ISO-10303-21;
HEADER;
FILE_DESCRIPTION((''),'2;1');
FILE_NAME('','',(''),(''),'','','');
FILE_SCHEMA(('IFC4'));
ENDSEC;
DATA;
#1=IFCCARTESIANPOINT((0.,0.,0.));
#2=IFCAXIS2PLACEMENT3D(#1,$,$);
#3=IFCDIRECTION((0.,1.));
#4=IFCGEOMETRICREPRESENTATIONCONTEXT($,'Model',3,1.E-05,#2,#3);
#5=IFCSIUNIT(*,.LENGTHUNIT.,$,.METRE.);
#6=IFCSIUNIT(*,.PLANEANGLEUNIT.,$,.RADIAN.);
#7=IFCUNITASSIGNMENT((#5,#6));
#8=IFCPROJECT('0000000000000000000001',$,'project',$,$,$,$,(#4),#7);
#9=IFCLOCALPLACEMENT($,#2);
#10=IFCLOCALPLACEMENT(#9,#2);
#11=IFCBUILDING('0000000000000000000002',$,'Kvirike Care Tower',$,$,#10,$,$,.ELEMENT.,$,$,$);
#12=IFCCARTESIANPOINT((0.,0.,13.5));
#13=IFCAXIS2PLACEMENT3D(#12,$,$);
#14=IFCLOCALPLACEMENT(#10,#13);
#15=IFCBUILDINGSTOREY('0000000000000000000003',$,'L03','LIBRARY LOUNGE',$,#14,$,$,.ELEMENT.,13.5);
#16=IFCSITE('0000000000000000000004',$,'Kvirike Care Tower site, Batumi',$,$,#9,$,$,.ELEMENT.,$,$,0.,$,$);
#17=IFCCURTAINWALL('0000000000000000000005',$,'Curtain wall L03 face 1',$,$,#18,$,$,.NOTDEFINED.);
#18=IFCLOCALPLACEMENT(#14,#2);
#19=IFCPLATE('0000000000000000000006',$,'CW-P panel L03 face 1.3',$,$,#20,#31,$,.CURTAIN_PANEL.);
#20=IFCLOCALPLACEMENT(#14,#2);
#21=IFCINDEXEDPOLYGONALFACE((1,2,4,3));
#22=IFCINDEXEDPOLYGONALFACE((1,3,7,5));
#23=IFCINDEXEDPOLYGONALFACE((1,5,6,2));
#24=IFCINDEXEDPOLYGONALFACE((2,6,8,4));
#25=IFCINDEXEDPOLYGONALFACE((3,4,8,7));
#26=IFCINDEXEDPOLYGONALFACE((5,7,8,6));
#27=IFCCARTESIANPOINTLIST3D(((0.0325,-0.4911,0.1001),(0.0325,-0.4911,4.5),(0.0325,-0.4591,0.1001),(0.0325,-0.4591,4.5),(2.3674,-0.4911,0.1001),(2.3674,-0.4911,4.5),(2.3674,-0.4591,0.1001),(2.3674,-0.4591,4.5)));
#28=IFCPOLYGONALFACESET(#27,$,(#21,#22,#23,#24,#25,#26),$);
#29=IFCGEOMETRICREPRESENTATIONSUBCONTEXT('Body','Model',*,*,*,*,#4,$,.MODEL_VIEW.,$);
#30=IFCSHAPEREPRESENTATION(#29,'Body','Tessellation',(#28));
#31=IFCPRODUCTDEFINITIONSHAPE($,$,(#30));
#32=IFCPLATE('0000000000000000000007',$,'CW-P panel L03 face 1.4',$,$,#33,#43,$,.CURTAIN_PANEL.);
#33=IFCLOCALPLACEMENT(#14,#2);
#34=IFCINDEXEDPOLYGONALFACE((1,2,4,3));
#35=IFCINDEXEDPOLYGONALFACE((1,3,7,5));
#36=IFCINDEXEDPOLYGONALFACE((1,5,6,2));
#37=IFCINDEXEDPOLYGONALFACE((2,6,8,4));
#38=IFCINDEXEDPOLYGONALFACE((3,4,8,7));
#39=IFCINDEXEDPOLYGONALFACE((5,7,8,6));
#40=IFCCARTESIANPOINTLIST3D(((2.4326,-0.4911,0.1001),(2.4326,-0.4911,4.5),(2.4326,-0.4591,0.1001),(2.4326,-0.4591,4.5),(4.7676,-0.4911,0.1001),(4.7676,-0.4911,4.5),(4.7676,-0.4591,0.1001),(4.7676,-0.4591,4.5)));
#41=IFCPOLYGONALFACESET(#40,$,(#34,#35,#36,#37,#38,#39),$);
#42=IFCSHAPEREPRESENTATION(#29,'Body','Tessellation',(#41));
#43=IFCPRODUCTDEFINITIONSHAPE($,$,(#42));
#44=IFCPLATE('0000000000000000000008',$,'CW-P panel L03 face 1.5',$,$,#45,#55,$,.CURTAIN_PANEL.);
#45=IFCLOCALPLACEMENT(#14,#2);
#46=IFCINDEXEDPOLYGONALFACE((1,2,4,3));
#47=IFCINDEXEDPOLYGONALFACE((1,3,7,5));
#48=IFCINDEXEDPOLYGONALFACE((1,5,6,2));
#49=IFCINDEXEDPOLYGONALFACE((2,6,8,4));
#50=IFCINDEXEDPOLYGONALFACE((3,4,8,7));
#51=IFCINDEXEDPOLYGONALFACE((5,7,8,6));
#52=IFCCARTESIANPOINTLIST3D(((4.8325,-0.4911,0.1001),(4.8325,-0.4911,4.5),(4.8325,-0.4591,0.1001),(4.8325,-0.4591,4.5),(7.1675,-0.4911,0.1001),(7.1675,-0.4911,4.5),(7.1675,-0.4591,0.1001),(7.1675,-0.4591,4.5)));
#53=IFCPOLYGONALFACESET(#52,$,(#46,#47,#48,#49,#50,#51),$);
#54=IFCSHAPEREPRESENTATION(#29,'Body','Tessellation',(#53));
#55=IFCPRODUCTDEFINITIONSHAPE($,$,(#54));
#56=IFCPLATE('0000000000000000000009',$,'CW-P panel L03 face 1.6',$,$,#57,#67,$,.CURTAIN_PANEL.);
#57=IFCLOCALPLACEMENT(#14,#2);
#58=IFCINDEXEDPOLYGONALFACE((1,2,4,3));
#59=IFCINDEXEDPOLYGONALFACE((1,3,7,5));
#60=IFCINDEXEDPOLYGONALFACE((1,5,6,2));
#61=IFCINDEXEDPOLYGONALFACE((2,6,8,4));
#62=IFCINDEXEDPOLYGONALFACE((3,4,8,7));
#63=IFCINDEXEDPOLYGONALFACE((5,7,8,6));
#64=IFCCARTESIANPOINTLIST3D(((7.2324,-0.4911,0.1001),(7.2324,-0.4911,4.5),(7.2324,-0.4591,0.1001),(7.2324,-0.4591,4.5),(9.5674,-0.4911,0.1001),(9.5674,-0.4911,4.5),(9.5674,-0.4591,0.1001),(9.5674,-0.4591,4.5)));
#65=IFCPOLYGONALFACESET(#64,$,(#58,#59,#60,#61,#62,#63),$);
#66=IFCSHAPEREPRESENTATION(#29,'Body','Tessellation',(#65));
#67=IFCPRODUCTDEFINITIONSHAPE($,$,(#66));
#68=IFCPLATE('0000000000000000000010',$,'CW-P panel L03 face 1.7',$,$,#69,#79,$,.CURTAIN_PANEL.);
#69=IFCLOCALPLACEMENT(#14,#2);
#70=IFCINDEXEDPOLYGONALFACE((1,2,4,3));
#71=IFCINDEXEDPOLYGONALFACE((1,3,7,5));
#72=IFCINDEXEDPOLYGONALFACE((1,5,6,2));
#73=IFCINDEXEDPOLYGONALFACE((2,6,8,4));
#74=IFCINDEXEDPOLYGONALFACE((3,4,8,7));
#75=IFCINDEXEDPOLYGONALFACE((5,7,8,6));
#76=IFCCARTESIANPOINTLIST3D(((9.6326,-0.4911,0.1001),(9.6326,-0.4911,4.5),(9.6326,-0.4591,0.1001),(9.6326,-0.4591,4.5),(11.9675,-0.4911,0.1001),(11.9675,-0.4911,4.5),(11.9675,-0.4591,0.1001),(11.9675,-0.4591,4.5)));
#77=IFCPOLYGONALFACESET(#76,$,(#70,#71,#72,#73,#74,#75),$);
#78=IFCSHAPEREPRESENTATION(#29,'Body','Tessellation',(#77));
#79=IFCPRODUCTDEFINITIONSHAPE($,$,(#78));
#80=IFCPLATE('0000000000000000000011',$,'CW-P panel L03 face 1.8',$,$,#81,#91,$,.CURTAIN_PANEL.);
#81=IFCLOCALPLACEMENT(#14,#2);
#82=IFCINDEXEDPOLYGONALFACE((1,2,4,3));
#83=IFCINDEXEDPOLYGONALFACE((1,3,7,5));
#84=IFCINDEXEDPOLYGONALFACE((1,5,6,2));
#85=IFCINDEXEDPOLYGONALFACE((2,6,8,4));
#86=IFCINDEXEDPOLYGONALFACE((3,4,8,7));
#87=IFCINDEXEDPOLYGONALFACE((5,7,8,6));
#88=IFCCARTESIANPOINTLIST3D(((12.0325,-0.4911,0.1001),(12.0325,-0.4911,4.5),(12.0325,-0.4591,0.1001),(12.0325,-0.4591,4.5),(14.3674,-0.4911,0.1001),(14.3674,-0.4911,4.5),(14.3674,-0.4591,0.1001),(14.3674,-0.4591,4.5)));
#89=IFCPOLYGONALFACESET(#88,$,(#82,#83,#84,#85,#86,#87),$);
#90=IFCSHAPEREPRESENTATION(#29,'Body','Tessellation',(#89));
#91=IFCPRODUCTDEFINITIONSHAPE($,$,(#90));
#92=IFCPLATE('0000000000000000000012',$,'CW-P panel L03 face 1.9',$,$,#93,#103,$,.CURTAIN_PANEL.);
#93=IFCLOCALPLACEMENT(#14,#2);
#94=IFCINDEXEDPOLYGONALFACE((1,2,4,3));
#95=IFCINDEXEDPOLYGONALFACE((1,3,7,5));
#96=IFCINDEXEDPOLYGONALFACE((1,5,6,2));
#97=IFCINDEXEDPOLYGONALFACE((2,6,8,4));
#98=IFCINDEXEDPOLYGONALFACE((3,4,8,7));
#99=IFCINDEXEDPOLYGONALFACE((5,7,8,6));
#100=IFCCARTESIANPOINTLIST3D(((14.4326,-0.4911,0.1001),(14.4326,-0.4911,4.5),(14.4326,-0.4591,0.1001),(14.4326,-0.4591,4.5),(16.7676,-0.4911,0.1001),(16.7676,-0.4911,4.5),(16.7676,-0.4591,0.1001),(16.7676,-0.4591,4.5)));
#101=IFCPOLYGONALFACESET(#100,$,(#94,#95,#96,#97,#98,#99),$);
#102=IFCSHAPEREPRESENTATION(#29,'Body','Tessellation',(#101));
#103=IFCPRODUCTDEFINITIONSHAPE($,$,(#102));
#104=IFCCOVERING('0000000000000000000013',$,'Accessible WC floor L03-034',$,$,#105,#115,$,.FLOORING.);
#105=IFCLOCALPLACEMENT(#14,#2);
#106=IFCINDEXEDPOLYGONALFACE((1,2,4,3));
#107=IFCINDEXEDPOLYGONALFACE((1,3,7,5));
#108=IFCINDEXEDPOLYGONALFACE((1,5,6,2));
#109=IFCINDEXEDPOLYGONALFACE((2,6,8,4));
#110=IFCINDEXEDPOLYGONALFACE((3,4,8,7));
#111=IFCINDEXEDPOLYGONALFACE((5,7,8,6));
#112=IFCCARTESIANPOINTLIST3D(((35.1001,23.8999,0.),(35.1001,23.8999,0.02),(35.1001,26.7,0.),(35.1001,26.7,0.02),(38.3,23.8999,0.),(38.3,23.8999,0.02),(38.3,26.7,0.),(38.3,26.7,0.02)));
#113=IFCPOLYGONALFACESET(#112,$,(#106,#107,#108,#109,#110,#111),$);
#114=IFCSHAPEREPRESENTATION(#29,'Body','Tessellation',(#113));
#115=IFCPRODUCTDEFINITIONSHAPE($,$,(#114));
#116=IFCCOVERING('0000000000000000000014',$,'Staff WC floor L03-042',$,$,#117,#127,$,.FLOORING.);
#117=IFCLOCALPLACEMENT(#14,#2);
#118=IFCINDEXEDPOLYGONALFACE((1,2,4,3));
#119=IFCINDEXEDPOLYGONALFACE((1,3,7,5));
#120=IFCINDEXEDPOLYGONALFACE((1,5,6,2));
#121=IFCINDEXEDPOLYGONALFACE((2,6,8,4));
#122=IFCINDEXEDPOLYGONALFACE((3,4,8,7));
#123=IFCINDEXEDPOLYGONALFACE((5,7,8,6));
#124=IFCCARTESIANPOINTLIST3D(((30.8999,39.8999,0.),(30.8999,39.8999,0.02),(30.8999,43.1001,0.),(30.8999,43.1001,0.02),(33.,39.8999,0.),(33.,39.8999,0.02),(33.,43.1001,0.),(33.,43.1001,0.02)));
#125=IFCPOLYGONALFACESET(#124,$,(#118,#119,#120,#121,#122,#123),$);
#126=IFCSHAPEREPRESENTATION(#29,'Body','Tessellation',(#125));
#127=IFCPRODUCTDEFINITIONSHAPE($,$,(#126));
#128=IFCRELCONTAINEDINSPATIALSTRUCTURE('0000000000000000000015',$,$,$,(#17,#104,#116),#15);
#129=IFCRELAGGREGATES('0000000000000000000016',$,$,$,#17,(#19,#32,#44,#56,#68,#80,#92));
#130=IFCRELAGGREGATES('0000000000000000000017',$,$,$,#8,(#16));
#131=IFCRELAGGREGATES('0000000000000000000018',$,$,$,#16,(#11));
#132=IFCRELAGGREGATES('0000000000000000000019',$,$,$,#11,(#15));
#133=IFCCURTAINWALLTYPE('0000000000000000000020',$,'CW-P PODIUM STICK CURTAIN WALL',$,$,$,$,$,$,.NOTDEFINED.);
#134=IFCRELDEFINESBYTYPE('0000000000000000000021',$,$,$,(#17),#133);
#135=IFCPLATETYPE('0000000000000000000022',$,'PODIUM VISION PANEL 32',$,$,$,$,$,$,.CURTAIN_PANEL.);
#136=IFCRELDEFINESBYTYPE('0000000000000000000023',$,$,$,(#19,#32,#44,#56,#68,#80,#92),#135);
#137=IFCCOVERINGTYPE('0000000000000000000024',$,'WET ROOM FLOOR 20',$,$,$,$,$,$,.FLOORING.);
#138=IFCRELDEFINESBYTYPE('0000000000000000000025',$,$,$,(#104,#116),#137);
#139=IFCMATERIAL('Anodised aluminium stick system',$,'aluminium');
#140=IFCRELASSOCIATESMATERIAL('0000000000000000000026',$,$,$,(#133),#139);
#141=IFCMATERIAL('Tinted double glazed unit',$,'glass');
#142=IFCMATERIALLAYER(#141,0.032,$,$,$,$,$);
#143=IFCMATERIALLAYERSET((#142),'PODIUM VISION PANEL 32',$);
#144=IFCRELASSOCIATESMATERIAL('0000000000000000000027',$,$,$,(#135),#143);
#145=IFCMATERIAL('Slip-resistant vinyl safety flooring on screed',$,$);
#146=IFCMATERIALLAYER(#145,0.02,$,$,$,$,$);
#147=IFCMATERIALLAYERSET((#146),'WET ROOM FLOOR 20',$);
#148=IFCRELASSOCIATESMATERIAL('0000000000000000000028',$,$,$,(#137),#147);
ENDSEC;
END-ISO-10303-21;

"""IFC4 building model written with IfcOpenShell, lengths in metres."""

from ifc_helpers import new_model, si_unit, direction, frame, origin, origin_2d, place, context, subcontext, project, spatial, polyline, rectangle, outline, extrude, material, layer, layer_set, type_object, element, aggregate, save


model = new_model("IFC4")

# Units and contexts
model_context = context("Model", 3, precision=1e-05, world=origin(), true_north=direction((0.0, 1.0)))
body_context = subcontext(model_context, "Body", "Model", "MODEL_VIEW")
ifc_project = project(units=[si_unit("LENGTHUNIT", "METRE"), si_unit("PLANEANGLEUNIT", "RADIAN")], contexts=[model_context])

# Site, building, storey
site_placement = place(None, origin())
site = spatial("IfcSite", under=ifc_project, at=site_placement, Name="Kvirike Care Tower site, Batumi", CompositionType="ELEMENT", RefElevation=0.0)
building_placement = place(site_placement, origin())
building = spatial("IfcBuilding", under=site, at=building_placement, Name="Kvirike Care Tower", CompositionType="ELEMENT")
storey_placement = place(building_placement, frame((0.0, 0.0, 13.5)))
storey = spatial("IfcBuildingStorey", under=building, at=storey_placement, Name="L03", Description="LIBRARY LOUNGE", CompositionType="ELEMENT", Elevation=13.5)

# Curtain wall, plates
ifc_material_1 = material(Name="Anodised aluminium stick system", Category="aluminium")
curtain_wall_type = type_object("IfcCurtainWallType", Name="CW-P PODIUM STICK CURTAIN WALL", PredefinedType="NOTDEFINED", material=ifc_material_1)
curtain_wall_placement = place(storey_placement, origin())
curtain_wall = element("IfcCurtainWall", 1, at=curtain_wall_placement, inside=storey, type_object=curtain_wall_type, Name="Curtain wall L03 face 1", PredefinedType="NOTDEFINED")
ifc_material_2 = material(Name="Tinted double glazed unit", Category="glass")
ifc_layer_1 = layer(ifc_material_2, 0.032)
ifc_layer_set_1 = layer_set([ifc_layer_1], Name="PODIUM VISION PANEL 32")
plate_type = type_object("IfcPlateType", Name="PODIUM VISION PANEL 32", PredefinedType="CURTAIN_PANEL", material=ifc_layer_set_1)
plate_1_placement = place(storey_placement, frame((1.2, -0.4751, 0.1001), z_axis=(0.0, 0.0, 1.0), x_axis=(1.0, 0.0, 0.0)))
plate_1 = element("IfcPlate", 2, at=plate_1_placement, type_object=plate_type, Name="CW-P panel L03 face 1.3", PredefinedType="CURTAIN_PANEL", context=body_context, shape_type="SweptSolid", body=[
    extrude(rectangle(XDim=2.335, YDim=0.032, at=origin_2d()), origin(), (0.0, 0.0, 1.0), 4.3999),
])
plate_2_placement = place(storey_placement, frame((3.6001, -0.4751, 0.1001), z_axis=(0.0, 0.0, 1.0), x_axis=(1.0, 0.0, 0.0)))
plate_2 = element("IfcPlate", 3, at=plate_2_placement, type_object=plate_type, Name="CW-P panel L03 face 1.4", PredefinedType="CURTAIN_PANEL", context=body_context, shape_type="SweptSolid", body=[
    extrude(rectangle(XDim=2.335, YDim=0.032, at=origin_2d()), origin(), (0.0, 0.0, 1.0), 4.3999),
])
plate_3_placement = place(storey_placement, frame((6.0, -0.4751, 0.1001), z_axis=(0.0, 0.0, 1.0), x_axis=(1.0, 0.0, 0.0)))
plate_3 = element("IfcPlate", 4, at=plate_3_placement, type_object=plate_type, Name="CW-P panel L03 face 1.5", PredefinedType="CURTAIN_PANEL", context=body_context, shape_type="SweptSolid", body=[
    extrude(rectangle(XDim=2.335, YDim=0.032, at=origin_2d()), origin(), (0.0, 0.0, 1.0), 4.3999),
])
plate_4_placement = place(storey_placement, frame((8.3999, -0.4751, 0.1001), z_axis=(0.0, 0.0, 1.0), x_axis=(1.0, 0.0, 0.0)))
plate_4 = element("IfcPlate", 5, at=plate_4_placement, type_object=plate_type, Name="CW-P panel L03 face 1.6", PredefinedType="CURTAIN_PANEL", context=body_context, shape_type="SweptSolid", body=[
    extrude(rectangle(XDim=2.335, YDim=0.032, at=origin_2d()), origin(), (0.0, 0.0, 1.0), 4.3999),
])
plate_5_placement = place(storey_placement, frame((10.8, -0.4751, 0.1001), z_axis=(0.0, 0.0, 1.0), x_axis=(1.0, 0.0, 0.0)))
plate_5 = element("IfcPlate", 6, at=plate_5_placement, type_object=plate_type, Name="CW-P panel L03 face 1.7", PredefinedType="CURTAIN_PANEL", context=body_context, shape_type="SweptSolid", body=[
    extrude(rectangle(XDim=2.335, YDim=0.032, at=origin_2d()), origin(), (0.0, 0.0, 1.0), 4.3999),
])
plate_6_placement = place(storey_placement, frame((13.2, -0.4751, 0.1001), z_axis=(0.0, 0.0, 1.0), x_axis=(1.0, 0.0, 0.0)))
plate_6 = element("IfcPlate", 7, at=plate_6_placement, type_object=plate_type, Name="CW-P panel L03 face 1.8", PredefinedType="CURTAIN_PANEL", context=body_context, shape_type="SweptSolid", body=[
    extrude(rectangle(XDim=2.335, YDim=0.032, at=origin_2d()), origin(), (0.0, 0.0, 1.0), 4.3999),
])
plate_7_placement = place(storey_placement, frame((15.6001, -0.4751, 0.1001), z_axis=(0.0, 0.0, 1.0), x_axis=(1.0, 0.0, 0.0)))
plate_7 = element("IfcPlate", 8, at=plate_7_placement, type_object=plate_type, Name="CW-P panel L03 face 1.9", PredefinedType="CURTAIN_PANEL", context=body_context, shape_type="SweptSolid", body=[
    extrude(rectangle(XDim=2.335, YDim=0.032, at=origin_2d()), origin(), (0.0, 0.0, 1.0), 4.3999),
])
aggregate(curtain_wall, [plate_1, plate_2, plate_3, plate_4, plate_5, plate_6, plate_7])

# Coverings
ifc_material_3 = material(Name="Slip-resistant vinyl safety flooring on screed")
ifc_layer_2 = layer(ifc_material_3, 0.02)
ifc_layer_set_2 = layer_set([ifc_layer_2], Name="WET ROOM FLOOR 20")
covering_type = type_object("IfcCoveringType", Name="WET ROOM FLOOR 20", PredefinedType="FLOORING", material=ifc_layer_set_2)
covering_1_placement = place(storey_placement, origin())
element("IfcCovering", 9, at=covering_1_placement, inside=storey, type_object=covering_type, Name="Accessible WC floor L03-034", PredefinedType="FLOORING", context=body_context, shape_type="SweptSolid", body=[
    extrude(outline(polyline([(35.1001, 26.7), (38.3, 26.7), (38.3, 23.8999), (35.1001, 23.8999), (35.1001, 26.7)])), origin(), (0.0, 0.0, 1.0), 0.02),
])
covering_2_placement = place(storey_placement, origin())
element("IfcCovering", 10, at=covering_2_placement, inside=storey, type_object=covering_type, Name="Staff WC floor L03-042", PredefinedType="FLOORING", context=body_context, shape_type="SweptSolid", body=[
    extrude(outline(polyline([(30.8999, 39.8999), (30.8999, 43.1001), (33.0, 43.1001), (33.0, 39.8999), (30.8999, 39.8999)])), origin(), (0.0, 0.0, 1.0), 0.02),
])

save(model, "model.ifc")
